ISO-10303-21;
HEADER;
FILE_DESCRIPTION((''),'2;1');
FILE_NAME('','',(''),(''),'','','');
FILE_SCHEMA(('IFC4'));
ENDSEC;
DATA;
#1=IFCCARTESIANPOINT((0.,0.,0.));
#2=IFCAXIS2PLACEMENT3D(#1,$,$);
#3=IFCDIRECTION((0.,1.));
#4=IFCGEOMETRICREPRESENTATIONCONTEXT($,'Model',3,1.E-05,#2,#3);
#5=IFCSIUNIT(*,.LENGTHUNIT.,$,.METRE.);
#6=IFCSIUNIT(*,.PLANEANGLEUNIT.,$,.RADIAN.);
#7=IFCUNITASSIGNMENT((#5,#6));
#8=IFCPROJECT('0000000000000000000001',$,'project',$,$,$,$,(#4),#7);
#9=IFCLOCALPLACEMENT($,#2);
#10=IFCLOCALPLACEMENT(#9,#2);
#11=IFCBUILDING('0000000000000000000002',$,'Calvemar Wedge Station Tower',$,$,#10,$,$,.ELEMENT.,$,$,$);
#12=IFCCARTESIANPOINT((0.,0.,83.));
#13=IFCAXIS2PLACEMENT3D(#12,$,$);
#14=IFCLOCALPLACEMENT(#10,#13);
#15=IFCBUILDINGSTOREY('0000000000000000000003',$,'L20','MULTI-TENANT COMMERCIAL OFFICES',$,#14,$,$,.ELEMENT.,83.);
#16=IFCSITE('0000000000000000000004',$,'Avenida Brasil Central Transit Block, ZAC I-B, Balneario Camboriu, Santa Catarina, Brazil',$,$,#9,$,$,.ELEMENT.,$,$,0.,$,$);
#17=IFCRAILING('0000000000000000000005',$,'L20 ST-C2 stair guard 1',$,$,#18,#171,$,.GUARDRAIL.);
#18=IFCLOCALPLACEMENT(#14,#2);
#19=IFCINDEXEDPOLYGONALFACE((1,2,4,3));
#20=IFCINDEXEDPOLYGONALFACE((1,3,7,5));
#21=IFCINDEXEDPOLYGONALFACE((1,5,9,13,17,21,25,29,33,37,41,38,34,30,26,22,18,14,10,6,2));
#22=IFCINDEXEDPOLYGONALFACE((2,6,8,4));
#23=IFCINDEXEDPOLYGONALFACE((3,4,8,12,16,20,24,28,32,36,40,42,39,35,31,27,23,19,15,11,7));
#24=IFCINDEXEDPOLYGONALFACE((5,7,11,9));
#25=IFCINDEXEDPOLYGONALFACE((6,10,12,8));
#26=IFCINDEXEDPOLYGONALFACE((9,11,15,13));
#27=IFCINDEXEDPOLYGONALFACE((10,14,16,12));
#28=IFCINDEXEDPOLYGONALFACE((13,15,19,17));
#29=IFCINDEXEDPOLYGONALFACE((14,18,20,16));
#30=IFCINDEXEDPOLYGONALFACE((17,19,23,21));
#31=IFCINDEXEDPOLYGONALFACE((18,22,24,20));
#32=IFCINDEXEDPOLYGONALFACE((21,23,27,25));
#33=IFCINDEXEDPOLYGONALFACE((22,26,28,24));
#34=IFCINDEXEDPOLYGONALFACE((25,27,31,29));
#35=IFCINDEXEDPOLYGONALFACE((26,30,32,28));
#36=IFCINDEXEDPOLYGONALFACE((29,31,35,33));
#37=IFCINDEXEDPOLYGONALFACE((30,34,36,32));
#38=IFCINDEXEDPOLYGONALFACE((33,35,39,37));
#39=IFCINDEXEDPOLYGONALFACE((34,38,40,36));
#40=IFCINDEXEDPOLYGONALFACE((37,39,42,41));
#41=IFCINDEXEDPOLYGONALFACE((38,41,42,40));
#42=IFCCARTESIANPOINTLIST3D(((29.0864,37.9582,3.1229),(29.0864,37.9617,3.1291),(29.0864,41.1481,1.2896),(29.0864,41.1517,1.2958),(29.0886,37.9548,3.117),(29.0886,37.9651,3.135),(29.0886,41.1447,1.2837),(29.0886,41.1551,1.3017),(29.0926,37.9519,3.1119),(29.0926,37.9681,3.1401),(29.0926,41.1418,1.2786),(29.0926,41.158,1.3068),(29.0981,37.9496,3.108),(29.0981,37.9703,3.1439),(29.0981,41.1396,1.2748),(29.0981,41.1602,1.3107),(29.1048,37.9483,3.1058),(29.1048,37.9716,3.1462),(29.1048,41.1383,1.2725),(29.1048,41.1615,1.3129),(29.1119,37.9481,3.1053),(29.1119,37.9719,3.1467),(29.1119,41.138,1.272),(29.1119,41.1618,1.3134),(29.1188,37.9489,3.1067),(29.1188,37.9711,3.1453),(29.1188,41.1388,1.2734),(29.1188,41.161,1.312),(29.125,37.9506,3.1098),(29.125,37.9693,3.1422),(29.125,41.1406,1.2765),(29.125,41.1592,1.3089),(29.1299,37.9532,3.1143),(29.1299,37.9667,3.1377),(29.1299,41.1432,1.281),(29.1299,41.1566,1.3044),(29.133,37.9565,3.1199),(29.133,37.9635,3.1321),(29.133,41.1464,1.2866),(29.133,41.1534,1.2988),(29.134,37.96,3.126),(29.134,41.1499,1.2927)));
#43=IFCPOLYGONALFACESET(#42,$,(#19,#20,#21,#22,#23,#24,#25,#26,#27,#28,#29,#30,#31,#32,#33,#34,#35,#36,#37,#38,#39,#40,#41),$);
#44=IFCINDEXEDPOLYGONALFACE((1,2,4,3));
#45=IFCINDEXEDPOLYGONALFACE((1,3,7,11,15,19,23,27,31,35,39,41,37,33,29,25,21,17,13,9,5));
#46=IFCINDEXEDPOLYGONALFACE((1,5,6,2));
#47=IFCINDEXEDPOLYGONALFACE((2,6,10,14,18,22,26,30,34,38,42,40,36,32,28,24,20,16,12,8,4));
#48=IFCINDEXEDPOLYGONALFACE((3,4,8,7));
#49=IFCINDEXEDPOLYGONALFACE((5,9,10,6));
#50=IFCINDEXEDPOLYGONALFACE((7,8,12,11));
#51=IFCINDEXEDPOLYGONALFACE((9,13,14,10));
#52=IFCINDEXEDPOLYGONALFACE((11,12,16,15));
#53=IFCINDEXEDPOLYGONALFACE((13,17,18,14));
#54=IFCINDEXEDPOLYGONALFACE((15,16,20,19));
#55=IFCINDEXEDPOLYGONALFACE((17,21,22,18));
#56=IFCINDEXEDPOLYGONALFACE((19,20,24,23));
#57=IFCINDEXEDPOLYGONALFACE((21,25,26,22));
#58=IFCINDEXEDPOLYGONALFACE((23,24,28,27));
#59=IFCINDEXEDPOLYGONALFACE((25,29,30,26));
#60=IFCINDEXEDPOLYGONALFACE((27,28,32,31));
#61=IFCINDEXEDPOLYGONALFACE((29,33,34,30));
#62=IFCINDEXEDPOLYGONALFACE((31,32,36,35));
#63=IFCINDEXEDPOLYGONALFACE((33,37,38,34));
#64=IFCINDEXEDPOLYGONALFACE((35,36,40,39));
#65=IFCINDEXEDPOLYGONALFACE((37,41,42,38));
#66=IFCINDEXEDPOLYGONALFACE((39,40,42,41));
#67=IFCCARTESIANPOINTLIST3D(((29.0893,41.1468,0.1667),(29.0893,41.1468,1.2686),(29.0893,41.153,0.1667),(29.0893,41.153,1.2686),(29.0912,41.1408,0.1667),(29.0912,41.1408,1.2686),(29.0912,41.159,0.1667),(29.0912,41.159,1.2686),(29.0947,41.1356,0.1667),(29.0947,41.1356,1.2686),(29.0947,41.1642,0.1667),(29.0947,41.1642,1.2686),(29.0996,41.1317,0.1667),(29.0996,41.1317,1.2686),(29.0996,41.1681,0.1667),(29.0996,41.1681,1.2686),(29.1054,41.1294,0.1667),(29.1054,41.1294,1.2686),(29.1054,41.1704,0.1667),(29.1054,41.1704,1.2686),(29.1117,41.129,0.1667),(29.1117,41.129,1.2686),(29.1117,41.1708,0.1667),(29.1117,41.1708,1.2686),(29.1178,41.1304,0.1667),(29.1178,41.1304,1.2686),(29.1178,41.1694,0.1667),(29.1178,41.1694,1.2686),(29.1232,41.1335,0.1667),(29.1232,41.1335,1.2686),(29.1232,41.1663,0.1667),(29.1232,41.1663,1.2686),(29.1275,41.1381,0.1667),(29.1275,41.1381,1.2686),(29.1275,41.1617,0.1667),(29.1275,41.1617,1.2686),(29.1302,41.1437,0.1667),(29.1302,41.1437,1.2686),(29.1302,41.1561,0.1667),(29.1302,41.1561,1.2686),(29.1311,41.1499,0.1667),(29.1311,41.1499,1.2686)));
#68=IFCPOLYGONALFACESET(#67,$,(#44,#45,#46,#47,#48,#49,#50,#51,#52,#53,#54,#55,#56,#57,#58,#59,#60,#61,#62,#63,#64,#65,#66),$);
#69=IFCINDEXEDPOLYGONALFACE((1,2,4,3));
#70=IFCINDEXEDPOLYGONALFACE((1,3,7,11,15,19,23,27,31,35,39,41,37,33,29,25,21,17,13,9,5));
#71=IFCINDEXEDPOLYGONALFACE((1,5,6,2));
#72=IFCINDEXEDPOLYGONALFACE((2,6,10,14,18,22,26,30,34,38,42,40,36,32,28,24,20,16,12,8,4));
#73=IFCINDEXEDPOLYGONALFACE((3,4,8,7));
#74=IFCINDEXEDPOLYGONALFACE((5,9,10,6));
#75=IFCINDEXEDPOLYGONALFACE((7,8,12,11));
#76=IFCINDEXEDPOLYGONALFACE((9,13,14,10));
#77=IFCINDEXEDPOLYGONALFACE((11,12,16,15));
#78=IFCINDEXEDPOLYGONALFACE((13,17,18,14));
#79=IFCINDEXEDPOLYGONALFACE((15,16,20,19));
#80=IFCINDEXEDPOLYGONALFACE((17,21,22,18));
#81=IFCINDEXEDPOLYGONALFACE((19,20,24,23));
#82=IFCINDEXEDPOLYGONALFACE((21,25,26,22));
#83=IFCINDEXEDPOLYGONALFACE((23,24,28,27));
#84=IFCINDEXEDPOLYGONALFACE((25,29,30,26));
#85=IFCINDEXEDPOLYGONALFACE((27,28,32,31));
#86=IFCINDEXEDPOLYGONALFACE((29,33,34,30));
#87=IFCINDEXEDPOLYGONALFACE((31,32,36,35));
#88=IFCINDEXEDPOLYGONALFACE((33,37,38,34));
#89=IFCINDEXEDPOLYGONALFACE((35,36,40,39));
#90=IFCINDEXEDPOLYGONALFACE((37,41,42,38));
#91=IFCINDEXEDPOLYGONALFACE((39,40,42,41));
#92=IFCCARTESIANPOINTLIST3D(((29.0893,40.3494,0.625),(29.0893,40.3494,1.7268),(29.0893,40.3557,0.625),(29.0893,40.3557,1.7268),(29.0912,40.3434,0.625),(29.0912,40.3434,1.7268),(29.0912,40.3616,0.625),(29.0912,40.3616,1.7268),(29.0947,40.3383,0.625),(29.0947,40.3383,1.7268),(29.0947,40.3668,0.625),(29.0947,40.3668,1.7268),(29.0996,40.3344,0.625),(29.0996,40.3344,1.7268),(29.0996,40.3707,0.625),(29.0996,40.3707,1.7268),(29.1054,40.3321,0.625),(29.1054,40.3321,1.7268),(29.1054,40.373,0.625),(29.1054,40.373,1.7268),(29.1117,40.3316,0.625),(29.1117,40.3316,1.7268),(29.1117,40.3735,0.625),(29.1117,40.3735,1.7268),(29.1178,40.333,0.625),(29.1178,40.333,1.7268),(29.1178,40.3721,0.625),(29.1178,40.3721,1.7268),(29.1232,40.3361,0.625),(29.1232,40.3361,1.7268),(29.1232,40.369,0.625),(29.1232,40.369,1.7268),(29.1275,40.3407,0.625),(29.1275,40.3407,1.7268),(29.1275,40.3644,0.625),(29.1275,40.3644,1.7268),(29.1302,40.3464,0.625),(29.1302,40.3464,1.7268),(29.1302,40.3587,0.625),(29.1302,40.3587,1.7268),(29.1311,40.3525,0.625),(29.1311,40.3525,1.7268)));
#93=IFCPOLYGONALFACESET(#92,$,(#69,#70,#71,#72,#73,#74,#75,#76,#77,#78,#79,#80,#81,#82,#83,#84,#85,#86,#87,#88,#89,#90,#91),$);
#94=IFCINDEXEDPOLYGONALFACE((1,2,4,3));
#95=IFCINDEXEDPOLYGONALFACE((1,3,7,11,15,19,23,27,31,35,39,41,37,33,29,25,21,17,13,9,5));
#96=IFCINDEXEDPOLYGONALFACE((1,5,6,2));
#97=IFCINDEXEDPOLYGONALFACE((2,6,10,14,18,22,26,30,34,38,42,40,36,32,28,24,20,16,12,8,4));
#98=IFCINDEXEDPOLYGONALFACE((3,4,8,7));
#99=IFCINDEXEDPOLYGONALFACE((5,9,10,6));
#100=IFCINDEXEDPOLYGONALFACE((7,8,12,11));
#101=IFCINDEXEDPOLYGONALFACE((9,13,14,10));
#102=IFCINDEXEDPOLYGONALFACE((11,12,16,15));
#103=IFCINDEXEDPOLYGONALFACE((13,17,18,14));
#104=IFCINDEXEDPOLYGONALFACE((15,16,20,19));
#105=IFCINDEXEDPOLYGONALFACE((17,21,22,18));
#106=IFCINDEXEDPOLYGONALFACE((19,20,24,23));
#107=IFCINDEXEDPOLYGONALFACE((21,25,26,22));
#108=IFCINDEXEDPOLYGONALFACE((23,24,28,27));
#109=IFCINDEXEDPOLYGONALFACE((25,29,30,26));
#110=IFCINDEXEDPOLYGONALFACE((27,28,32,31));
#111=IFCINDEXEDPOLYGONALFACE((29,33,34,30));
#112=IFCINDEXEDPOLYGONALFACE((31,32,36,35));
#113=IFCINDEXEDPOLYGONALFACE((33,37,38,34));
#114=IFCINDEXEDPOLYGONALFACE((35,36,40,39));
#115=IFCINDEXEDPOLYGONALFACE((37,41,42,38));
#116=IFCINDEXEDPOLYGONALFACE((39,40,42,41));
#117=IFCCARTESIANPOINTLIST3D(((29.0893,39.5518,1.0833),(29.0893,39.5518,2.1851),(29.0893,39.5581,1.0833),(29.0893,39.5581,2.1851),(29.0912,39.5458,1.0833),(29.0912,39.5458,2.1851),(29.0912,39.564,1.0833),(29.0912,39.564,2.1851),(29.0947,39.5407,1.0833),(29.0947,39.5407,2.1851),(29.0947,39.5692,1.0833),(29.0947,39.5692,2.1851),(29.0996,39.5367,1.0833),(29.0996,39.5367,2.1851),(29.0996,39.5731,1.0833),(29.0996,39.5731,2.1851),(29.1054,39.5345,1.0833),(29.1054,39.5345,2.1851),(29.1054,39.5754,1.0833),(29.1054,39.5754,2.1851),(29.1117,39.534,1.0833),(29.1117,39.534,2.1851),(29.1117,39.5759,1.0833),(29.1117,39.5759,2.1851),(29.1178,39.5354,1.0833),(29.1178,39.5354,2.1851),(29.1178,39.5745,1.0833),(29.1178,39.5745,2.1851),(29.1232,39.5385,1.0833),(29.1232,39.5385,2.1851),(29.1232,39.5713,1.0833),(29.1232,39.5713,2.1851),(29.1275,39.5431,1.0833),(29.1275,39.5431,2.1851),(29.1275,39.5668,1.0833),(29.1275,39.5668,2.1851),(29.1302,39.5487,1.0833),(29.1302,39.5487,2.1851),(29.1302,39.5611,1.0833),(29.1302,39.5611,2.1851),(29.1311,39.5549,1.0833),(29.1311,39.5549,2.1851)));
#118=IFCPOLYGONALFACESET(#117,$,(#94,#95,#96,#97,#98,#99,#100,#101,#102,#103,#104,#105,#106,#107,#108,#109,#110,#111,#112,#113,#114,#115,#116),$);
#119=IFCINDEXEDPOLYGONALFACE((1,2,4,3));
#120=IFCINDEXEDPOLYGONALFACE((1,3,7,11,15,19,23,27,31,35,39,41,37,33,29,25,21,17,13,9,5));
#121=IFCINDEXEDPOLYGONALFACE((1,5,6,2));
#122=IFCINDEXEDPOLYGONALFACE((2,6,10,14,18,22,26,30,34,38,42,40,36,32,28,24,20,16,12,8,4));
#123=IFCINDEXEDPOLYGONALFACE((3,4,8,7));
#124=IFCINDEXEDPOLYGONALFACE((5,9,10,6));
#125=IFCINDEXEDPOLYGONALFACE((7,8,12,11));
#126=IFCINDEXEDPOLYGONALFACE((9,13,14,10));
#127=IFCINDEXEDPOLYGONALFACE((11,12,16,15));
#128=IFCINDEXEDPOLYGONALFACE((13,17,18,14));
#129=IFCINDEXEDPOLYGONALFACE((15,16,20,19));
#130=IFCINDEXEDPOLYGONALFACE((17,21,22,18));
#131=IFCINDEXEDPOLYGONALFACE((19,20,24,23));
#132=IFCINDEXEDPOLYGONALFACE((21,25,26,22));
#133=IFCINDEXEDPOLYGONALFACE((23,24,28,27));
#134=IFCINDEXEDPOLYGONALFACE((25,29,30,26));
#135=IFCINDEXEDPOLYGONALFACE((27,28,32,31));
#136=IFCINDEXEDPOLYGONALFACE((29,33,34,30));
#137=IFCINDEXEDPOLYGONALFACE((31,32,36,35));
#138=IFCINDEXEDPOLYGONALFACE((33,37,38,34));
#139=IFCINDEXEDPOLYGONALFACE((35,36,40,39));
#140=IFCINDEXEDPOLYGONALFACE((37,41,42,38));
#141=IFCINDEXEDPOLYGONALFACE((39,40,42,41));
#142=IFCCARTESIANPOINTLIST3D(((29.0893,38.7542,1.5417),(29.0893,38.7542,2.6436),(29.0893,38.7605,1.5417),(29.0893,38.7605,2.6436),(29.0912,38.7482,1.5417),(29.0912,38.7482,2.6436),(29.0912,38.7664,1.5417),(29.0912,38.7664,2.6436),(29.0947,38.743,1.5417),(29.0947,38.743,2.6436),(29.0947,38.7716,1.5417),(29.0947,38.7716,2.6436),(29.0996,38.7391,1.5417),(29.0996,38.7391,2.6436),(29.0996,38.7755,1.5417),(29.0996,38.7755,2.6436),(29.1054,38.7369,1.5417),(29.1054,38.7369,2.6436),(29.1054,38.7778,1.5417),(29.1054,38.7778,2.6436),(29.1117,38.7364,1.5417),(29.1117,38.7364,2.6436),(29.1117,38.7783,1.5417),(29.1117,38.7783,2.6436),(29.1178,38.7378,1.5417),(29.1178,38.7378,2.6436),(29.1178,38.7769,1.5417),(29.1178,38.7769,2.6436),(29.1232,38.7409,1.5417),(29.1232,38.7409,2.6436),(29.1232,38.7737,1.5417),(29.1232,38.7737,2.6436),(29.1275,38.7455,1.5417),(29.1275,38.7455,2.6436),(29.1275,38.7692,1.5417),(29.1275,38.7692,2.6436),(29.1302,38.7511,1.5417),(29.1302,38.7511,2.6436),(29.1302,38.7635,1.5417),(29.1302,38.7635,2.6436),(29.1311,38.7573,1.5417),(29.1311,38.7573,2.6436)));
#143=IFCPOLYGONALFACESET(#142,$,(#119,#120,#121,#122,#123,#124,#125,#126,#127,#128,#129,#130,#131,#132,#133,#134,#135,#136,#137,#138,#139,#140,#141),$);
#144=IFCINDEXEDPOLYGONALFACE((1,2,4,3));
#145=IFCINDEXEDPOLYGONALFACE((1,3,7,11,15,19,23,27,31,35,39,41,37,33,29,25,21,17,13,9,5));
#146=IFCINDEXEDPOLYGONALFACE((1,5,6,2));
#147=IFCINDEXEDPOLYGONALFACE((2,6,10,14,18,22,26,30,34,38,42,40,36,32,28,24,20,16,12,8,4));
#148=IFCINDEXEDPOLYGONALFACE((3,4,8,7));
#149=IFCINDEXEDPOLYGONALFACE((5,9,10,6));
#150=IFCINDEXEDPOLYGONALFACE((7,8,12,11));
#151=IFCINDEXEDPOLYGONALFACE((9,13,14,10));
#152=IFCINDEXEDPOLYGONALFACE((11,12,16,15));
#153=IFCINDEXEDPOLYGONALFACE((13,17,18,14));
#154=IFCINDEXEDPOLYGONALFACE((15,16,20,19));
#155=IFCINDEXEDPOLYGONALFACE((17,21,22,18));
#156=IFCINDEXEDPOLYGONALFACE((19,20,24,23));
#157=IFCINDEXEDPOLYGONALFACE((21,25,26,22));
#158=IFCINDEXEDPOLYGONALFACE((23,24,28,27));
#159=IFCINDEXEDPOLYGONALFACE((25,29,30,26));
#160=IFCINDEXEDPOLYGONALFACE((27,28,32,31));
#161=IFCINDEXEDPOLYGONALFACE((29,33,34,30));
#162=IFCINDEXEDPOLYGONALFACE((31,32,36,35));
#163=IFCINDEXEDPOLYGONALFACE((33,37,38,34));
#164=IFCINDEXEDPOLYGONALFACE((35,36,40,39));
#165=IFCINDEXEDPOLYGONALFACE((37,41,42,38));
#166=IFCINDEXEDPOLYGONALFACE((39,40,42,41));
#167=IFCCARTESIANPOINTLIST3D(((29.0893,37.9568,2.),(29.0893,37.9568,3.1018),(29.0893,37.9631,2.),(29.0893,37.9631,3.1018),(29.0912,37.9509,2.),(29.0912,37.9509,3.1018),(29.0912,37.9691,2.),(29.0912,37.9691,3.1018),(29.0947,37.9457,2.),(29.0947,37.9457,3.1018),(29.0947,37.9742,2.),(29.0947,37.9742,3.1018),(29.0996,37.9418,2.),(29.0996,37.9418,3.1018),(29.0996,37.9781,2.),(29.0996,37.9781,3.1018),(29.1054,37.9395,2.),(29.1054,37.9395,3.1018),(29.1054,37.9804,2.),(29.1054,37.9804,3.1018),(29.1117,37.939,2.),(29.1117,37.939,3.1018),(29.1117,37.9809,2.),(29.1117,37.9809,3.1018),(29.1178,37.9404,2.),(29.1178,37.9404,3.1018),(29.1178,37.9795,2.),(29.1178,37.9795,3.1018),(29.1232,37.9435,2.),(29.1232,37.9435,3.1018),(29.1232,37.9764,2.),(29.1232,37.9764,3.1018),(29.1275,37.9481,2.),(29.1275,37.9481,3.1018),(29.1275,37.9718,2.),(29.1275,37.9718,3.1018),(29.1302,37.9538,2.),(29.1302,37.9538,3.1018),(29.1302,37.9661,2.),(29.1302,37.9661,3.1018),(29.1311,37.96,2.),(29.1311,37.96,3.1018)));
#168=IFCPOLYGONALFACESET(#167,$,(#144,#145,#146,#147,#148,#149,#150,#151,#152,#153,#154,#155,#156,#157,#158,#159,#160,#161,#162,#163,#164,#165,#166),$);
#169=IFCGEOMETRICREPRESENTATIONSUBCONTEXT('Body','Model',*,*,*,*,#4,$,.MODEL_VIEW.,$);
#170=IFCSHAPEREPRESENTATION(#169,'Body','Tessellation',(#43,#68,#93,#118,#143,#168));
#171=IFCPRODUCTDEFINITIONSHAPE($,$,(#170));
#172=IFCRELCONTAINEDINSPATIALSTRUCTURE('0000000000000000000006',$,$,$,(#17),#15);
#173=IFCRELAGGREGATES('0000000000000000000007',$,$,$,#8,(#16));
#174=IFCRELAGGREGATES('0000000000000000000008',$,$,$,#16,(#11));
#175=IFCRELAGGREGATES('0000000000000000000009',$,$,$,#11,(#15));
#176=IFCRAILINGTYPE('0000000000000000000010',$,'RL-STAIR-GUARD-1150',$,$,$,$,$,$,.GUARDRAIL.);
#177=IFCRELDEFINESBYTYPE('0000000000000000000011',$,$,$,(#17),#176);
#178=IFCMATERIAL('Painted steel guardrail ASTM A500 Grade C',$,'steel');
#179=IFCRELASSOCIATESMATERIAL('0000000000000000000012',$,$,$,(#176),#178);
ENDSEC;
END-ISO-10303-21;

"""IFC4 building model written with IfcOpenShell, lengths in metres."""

from ifc_helpers import new_model, si_unit, direction, frame, origin, origin_2d, place, context, subcontext, project, spatial, circle, extrude, material, type_object, element, save


model = new_model("IFC4")

# Units and contexts
model_context = context("Model", 3, precision=1e-05, world=origin(), true_north=direction((0.0, 1.0)))
body_context = subcontext(model_context, "Body", "Model", "MODEL_VIEW")
ifc_project = project(units=[si_unit("LENGTHUNIT", "METRE"), si_unit("PLANEANGLEUNIT", "RADIAN")], contexts=[model_context])

# Site, building, storey
site_placement = place(None, origin())
site = spatial("IfcSite", under=ifc_project, at=site_placement, Name="Avenida Brasil Central Transit Block, ZAC I-B, Balneario Camboriu, Santa Catarina, Brazil", CompositionType="ELEMENT", RefElevation=0.0)
building_placement = place(site_placement, origin())
building = spatial("IfcBuilding", under=site, at=building_placement, Name="Calvemar Wedge Station Tower", CompositionType="ELEMENT")
storey_placement = place(building_placement, frame((0.0, 0.0, 83.0)))
storey = spatial("IfcBuildingStorey", under=building, at=storey_placement, Name="L20", Description="MULTI-TENANT COMMERCIAL OFFICES", CompositionType="ELEMENT", Elevation=83.0)

# Railing
ifc_material_1 = material(Name="Painted steel guardrail ASTM A500 Grade C", Category="steel")
railing_type_1 = type_object("IfcRailingType", Name="RL-STAIR-GUARD-1150", PredefinedType="GUARDRAIL", material=ifc_material_1)
railing_1_placement = place(storey_placement, frame((29.1101, 41.1499, 0.1667)))
element("IfcRailing", 1, at=railing_1_placement, inside=storey, type_object=railing_type_1, Name="L20 ST-C2 stair guard 1", PredefinedType="GUARDRAIL", context=body_context, shape_type="SweptSolid", body=[
    extrude(circle(Radius=0.0239, at=origin_2d()), frame((0.0, 0.0, 1.126), z_axis=(0.0, -0.86702, 0.498274), x_axis=(1.0, 0.0, 0.0)), (0.0, 0.0, 1.0), 3.6792),
    extrude(circle(Radius=0.021, at=origin_2d()), origin(), (0.0, 0.0, 1.0), 1.1018),
    extrude(circle(Radius=0.021, at=origin_2d()), frame((0.0, -0.7974, 0.4583)), (0.0, 0.0, 1.0), 1.1018),
    extrude(circle(Radius=0.021, at=origin_2d()), frame((0.0, -1.595, 0.9165)), (0.0, 0.0, 1.0), 1.1018),
    extrude(circle(Radius=0.021, at=origin_2d()), frame((0.0, -2.3926, 1.375)), (0.0, 0.0, 1.0), 1.1018),
    extrude(circle(Radius=0.021, at=origin_2d()), frame((0.0, -3.1899, 1.8333)), (0.0, 0.0, 1.0), 1.1018),
])

save(model, "model.ifc")
